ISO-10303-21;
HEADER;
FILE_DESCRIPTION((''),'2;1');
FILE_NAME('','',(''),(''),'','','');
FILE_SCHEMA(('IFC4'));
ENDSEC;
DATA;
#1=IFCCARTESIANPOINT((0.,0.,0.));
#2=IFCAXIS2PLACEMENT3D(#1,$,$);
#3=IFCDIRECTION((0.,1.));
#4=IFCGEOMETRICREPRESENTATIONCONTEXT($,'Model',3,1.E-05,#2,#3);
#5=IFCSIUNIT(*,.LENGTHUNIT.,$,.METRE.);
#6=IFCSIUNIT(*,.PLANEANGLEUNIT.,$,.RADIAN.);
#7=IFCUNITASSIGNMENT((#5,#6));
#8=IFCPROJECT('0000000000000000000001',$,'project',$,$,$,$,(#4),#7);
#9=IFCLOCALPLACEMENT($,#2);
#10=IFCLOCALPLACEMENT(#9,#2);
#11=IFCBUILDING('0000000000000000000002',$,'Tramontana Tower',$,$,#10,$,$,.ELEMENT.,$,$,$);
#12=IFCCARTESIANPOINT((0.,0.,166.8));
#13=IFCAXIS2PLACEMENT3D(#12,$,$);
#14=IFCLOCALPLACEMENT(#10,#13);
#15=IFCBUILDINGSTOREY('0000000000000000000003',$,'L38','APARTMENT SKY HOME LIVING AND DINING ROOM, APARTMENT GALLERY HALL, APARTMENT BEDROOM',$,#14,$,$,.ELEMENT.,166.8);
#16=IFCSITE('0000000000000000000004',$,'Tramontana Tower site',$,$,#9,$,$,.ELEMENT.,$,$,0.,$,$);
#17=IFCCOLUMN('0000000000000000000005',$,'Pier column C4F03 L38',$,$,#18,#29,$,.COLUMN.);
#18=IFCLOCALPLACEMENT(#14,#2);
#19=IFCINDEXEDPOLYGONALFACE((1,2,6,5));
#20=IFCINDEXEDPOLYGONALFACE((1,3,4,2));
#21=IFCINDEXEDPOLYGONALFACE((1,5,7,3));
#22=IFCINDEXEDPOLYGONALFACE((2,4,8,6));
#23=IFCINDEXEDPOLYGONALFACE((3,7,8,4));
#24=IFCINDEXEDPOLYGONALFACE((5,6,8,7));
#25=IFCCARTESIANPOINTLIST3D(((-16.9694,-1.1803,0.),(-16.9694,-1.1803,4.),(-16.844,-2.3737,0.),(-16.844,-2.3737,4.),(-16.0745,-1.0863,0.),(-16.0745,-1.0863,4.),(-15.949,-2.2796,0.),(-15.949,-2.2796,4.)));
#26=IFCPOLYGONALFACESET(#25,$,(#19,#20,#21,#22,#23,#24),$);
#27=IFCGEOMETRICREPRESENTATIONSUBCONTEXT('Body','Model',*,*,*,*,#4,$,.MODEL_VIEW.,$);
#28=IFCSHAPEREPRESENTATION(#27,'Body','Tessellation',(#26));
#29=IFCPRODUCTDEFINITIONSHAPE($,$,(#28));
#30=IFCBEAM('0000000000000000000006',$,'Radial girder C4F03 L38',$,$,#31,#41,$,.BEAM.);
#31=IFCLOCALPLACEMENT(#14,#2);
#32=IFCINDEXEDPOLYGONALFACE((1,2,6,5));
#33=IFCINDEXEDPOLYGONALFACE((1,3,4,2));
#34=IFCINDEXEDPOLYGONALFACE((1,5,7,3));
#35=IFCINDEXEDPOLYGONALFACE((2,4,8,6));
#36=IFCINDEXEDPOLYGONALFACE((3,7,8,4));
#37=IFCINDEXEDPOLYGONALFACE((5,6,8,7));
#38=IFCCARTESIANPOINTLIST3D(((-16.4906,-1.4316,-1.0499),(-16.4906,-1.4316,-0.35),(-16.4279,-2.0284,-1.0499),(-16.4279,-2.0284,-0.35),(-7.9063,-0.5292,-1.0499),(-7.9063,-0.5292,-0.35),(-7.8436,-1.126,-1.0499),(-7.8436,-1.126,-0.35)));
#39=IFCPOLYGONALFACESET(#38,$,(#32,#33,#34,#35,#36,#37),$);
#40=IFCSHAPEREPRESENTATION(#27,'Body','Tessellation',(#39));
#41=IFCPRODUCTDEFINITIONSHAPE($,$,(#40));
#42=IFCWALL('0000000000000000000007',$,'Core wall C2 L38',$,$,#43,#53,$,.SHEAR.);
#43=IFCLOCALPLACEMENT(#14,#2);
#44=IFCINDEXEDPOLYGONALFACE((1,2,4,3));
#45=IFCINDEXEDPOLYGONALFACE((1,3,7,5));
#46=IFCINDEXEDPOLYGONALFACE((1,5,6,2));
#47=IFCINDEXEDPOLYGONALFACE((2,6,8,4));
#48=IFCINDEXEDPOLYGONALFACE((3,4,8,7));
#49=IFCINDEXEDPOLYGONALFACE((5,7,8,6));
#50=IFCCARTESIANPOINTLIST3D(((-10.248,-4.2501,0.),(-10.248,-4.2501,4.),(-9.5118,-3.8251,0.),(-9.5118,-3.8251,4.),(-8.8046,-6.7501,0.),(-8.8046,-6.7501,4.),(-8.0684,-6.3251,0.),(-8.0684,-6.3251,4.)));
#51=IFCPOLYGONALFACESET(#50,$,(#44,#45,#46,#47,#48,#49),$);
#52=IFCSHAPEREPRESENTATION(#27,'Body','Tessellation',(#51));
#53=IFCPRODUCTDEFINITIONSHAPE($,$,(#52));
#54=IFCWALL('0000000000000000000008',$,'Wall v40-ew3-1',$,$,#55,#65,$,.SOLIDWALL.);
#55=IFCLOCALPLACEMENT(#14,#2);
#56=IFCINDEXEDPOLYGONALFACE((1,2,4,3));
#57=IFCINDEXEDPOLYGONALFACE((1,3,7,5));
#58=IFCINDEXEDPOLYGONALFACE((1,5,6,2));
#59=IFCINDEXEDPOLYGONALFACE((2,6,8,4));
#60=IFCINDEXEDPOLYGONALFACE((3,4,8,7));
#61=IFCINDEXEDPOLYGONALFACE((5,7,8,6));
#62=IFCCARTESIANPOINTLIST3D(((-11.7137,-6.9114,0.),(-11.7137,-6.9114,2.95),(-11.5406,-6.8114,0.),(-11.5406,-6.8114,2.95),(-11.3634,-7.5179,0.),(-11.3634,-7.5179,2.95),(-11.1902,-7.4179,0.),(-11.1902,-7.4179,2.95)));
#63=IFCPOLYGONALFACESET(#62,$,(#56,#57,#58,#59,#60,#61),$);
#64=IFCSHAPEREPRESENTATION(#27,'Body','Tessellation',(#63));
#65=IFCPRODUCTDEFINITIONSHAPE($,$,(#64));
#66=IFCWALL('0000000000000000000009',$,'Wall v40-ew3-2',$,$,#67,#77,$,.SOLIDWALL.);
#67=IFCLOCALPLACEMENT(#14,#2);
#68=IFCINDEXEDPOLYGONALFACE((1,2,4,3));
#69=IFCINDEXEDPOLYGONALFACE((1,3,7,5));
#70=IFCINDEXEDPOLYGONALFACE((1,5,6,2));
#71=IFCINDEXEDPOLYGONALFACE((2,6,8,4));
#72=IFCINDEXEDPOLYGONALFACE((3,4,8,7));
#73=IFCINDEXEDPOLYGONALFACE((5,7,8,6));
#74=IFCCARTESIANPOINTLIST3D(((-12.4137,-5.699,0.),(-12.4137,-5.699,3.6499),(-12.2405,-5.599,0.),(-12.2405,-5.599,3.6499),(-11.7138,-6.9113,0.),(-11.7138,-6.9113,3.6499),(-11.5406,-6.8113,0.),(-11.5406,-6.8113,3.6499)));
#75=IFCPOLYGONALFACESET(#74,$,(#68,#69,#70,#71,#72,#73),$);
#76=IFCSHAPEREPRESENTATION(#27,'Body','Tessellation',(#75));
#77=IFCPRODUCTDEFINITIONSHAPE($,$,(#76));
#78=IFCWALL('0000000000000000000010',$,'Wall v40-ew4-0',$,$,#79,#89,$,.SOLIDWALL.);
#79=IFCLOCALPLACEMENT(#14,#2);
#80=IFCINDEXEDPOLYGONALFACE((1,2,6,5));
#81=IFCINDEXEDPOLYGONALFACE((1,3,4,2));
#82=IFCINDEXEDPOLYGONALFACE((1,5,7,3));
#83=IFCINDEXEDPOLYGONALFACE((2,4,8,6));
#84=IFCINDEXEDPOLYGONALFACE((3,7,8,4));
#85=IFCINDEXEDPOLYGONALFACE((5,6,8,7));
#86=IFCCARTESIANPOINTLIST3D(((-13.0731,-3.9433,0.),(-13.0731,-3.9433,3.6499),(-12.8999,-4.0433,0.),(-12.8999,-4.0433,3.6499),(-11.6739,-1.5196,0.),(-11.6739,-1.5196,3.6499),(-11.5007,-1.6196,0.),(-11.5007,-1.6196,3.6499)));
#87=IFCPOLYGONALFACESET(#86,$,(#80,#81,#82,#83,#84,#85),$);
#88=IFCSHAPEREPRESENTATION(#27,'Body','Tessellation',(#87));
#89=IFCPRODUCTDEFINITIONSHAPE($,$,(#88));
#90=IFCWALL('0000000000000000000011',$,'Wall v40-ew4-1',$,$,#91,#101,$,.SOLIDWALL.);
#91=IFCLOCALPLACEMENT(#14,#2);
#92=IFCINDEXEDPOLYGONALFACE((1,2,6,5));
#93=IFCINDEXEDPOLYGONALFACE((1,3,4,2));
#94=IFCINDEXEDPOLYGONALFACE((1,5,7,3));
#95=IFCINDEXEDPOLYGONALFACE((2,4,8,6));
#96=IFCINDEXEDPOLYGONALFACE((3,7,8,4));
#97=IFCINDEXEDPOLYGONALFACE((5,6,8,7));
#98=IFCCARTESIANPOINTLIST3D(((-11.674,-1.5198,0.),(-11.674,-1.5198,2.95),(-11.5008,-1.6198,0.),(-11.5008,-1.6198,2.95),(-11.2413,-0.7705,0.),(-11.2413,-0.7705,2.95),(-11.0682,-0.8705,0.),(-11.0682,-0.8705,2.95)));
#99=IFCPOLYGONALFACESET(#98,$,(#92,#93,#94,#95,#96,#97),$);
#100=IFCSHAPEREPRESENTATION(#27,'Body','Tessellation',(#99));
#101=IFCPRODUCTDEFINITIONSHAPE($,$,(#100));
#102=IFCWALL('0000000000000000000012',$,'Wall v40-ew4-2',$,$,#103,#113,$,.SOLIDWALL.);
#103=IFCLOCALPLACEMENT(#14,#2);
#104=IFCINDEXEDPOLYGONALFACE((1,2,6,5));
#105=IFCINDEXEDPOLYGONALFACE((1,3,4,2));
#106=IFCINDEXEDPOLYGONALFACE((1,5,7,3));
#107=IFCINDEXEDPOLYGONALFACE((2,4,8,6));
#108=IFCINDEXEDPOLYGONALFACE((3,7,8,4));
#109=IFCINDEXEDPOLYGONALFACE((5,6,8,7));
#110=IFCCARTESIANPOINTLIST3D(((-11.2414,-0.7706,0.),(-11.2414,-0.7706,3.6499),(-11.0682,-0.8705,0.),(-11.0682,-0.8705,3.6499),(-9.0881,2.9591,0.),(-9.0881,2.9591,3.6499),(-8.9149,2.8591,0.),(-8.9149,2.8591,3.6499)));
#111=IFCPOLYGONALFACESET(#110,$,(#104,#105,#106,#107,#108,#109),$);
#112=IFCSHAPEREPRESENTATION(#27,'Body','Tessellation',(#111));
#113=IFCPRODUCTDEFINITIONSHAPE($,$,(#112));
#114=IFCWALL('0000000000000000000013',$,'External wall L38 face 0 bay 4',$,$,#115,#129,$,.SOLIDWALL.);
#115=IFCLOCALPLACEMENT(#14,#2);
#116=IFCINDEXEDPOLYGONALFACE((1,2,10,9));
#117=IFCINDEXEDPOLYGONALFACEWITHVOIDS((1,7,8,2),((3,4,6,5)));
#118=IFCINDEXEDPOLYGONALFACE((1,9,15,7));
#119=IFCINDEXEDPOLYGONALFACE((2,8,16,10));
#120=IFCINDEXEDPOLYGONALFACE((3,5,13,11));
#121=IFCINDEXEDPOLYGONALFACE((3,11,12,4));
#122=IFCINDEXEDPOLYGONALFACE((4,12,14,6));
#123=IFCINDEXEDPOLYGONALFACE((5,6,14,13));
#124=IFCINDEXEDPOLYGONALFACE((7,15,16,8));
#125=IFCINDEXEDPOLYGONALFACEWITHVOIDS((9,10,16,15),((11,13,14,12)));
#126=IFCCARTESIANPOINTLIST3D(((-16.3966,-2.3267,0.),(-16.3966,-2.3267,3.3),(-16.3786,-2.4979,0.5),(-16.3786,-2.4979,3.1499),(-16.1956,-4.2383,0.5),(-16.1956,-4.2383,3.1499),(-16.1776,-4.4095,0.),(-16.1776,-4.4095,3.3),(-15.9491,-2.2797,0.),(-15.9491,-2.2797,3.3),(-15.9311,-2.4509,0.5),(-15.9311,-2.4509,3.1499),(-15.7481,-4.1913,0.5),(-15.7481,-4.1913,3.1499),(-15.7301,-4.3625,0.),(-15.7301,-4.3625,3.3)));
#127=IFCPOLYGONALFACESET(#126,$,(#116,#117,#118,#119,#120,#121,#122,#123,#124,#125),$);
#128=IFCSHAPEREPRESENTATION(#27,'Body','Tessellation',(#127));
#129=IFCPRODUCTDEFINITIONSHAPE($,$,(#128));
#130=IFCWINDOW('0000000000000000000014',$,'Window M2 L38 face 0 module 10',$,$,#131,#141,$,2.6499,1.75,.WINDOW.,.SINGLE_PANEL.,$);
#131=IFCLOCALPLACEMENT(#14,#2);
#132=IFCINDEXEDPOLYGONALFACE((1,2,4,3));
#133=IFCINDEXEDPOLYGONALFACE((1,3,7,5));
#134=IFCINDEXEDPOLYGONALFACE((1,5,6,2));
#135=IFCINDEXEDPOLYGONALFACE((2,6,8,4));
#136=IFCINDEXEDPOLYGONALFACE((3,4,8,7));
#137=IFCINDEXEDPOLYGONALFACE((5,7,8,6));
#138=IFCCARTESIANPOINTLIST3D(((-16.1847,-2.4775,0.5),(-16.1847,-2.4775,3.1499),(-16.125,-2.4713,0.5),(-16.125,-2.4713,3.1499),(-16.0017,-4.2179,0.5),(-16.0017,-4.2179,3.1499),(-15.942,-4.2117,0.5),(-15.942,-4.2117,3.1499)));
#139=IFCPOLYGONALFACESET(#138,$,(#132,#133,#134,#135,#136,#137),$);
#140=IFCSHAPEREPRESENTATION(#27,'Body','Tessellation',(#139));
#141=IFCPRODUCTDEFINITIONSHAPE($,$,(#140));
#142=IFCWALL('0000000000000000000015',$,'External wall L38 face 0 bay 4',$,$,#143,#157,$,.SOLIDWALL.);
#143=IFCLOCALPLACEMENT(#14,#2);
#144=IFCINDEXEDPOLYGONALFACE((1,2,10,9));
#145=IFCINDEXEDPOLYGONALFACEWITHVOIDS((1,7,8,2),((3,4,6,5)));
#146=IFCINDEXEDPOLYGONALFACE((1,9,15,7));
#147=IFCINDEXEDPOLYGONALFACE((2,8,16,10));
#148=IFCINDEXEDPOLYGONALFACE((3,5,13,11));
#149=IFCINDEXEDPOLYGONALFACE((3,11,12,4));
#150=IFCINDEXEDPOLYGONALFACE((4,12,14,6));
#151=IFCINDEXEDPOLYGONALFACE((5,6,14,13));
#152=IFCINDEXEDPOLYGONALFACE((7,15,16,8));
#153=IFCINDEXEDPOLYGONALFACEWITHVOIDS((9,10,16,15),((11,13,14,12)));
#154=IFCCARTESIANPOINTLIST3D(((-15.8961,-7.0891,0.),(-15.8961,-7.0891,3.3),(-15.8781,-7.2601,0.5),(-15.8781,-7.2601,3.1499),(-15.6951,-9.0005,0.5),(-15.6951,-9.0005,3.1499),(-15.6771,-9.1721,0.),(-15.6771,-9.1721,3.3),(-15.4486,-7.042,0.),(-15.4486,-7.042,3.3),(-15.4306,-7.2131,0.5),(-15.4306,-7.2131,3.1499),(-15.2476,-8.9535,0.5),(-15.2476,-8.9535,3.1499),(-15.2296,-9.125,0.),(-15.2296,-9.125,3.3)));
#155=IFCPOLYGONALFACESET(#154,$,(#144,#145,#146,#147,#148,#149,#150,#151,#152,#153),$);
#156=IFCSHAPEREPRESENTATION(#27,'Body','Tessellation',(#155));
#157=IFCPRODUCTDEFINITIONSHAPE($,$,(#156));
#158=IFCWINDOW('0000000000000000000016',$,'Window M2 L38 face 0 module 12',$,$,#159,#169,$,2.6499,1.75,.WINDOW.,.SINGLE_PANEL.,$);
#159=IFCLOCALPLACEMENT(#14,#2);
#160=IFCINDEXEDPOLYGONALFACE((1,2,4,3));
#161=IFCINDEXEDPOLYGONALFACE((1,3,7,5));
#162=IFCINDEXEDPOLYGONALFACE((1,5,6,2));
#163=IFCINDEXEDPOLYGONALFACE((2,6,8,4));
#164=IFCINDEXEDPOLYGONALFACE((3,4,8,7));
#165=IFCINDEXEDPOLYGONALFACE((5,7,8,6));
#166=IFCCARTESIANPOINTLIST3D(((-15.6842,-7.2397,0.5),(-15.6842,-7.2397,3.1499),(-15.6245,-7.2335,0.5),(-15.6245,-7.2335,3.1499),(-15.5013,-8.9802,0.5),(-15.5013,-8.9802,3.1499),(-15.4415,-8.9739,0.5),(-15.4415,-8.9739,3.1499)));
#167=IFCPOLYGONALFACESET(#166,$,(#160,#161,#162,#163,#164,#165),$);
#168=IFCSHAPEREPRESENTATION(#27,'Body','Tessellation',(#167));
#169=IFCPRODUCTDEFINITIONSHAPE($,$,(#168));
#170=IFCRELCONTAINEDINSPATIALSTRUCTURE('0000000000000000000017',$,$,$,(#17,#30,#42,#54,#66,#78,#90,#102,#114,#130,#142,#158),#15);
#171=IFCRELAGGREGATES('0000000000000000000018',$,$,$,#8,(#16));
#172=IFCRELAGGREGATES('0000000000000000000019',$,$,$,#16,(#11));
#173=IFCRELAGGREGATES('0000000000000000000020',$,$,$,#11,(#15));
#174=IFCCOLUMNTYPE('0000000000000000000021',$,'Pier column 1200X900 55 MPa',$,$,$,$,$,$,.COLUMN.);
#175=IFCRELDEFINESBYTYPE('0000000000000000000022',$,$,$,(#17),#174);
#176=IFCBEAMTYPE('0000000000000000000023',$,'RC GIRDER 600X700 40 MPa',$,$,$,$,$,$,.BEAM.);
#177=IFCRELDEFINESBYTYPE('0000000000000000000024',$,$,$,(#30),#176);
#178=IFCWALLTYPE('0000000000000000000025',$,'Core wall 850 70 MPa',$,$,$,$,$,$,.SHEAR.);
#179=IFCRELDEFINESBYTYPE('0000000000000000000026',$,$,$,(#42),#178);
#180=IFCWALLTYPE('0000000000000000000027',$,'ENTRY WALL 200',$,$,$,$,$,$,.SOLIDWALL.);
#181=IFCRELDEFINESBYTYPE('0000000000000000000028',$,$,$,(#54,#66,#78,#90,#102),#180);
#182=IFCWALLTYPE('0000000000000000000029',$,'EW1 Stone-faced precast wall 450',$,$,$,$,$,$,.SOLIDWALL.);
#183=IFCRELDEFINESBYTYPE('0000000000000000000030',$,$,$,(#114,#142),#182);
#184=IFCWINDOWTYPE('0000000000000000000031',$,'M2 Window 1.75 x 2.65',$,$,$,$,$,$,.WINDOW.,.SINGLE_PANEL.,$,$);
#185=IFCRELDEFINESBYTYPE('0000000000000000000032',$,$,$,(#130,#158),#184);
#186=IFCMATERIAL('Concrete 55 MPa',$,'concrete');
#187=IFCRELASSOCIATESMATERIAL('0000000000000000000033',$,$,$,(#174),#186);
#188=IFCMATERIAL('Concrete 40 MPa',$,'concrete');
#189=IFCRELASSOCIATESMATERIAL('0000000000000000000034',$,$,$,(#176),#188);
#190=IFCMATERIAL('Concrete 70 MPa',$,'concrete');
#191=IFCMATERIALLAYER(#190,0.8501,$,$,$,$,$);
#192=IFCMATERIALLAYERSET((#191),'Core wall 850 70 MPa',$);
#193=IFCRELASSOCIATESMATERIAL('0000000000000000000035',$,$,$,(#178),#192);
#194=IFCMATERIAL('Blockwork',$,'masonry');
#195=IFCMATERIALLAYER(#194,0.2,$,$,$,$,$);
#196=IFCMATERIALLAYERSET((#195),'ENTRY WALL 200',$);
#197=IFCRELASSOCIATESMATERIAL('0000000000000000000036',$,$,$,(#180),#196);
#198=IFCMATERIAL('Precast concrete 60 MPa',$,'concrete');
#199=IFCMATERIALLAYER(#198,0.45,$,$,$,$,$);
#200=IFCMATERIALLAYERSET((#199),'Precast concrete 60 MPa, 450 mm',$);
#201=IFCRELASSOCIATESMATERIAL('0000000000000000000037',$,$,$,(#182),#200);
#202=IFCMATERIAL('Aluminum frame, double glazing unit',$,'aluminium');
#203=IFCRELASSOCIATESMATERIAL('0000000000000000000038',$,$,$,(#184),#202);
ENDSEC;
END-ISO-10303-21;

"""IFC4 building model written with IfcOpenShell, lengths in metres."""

from ifc_helpers import new_model, si_unit, direction, frame, frame_2d, origin, origin_2d, place, context, subcontext, project, spatial, rectangle, extrude, material, layer, layer_set, material_profile, profile_set, type_object, element, fill, save


model = new_model("IFC4")

# Units and contexts
model_context = context("Model", 3, precision=1e-05, world=origin(), true_north=direction((0.0, 1.0)))
body_context = subcontext(model_context, "Body", "Model", "MODEL_VIEW")
ifc_project = project(units=[si_unit("LENGTHUNIT", "METRE"), si_unit("PLANEANGLEUNIT", "RADIAN")], contexts=[model_context])

# Site, building, storey
site_placement = place(None, origin())
site = spatial("IfcSite", under=ifc_project, at=site_placement, Name="Tramontana Tower site", CompositionType="ELEMENT", RefElevation=0.0)
building_placement = place(site_placement, origin())
building = spatial("IfcBuilding", under=site, at=building_placement, Name="Tramontana Tower", CompositionType="ELEMENT")
storey_placement = place(building_placement, frame((0.0, 0.0, 166.8)))
storey = spatial("IfcBuildingStorey", under=building, at=storey_placement, Name="L38", Description="APARTMENT SKY HOME LIVING AND DINING ROOM, APARTMENT GALLERY HALL, APARTMENT BEDROOM", CompositionType="ELEMENT", Elevation=166.8)

# Column
ifc_material_1 = material(Name="Concrete 55 MPa", Category="concrete")
ifc_material_profile_1 = material_profile(ifc_material_1, rectangle(XDim=1.2, YDim=0.8999, at=origin_2d()), Name="Pier column 1200X900 55 MPa")
ifc_profile_set_1 = profile_set([ifc_material_profile_1], Name="Concrete 55 MPa")
column_type = type_object("IfcColumnType", Name="Pier column 1200X900 55 MPa", PredefinedType="COLUMN", material=ifc_profile_set_1)
column_placement = place(storey_placement, frame((-16.4592, -1.73, 0.0), z_axis=(0.0, 0.0, 1.0), x_axis=(0.104528, -0.994522, 0.0)))
element("IfcColumn", 1, at=column_placement, inside=storey, type_object=column_type, Name="Pier column C4F03 L38", PredefinedType="COLUMN", context=body_context, shape_type="SweptSolid", body=[
    extrude(rectangle(XDim=1.2, YDim=0.8999, at=origin_2d()), origin(), (0.0, 0.0, 1.0), 4.0),
])

# Beam
ifc_material_2 = material(Name="Concrete 40 MPa", Category="concrete")
ifc_material_profile_2 = material_profile(ifc_material_2, rectangle(XDim=0.6001, YDim=0.7, at=origin_2d()), Name="RC GIRDER 600X700 40 MPa")
ifc_profile_set_2 = profile_set([ifc_material_profile_2], Name="Concrete 40 MPa")
beam_type = type_object("IfcBeamType", Name="RC GIRDER 600X700 40 MPa", PredefinedType="BEAM", material=ifc_profile_set_2)
beam_placement = place(storey_placement, frame((-16.4592, -1.73, -0.7), z_axis=(0.994521, 0.10454, 0.0), x_axis=(-0.10454, 0.994521, 0.0)))
element("IfcBeam", 2, at=beam_placement, inside=storey, type_object=beam_type, Name="Radial girder C4F03 L38", PredefinedType="BEAM", context=body_context, shape_type="SweptSolid", body=[
    extrude(rectangle(XDim=0.6001, YDim=0.7, at=origin_2d()), origin(), (0.0, 0.0, 1.0), 8.6316),
])

# Walls
ifc_material_3 = material(Name="Concrete 70 MPa", Category="concrete")
ifc_layer_1 = layer(ifc_material_3, 0.8501)
ifc_layer_set_1 = layer_set([ifc_layer_1], Name="Core wall 850 70 MPa")
wall_type_1 = type_object("IfcWallType", Name="Core wall 850 70 MPa", PredefinedType="SHEAR", material=ifc_layer_set_1)
wall_1_placement = place(storey_placement, frame((-9.8799, -4.0376, 0.0), z_axis=(0.0, 0.0, 1.0), x_axis=(0.499996, -0.866028, 0.0)))
element("IfcWall", 3, at=wall_1_placement, inside=storey, type_object=wall_type_1, Name="Core wall C2 L38", PredefinedType="SHEAR", context=body_context, shape_type="SweptSolid", body=[
    extrude(rectangle(XDim=2.8867, YDim=0.8501, at=frame_2d((1.4434, 0.0))), origin(), (0.0, 0.0, 1.0), 4.0),
])
ifc_material_4 = material(Name="Blockwork", Category="masonry")
ifc_layer_2 = layer(ifc_material_4, 0.2)
ifc_layer_set_2 = layer_set([ifc_layer_2], Name="ENTRY WALL 200")
wall_type_2 = type_object("IfcWallType", Name="ENTRY WALL 200", PredefinedType="SOLIDWALL", material=ifc_layer_set_2)
wall_2_placement = place(storey_placement, frame((-11.2769, -7.4678, 0.0), z_axis=(0.0, 0.0, 1.0), x_axis=(-0.500225, 0.865895, 0.0)))
element("IfcWall", 4, at=wall_2_placement, inside=storey, type_object=wall_type_2, Name="Wall v40-ew3-1", PredefinedType="SOLIDWALL", context=body_context, shape_type="SweptSolid", body=[
    extrude(rectangle(XDim=0.7004, YDim=0.2, at=frame_2d((0.3501, 0.0))), origin(), (0.0, 0.0, 1.0), 2.95),
])
wall_3_placement = place(storey_placement, frame((-11.6272, -6.8613, 0.0), z_axis=(0.0, 0.0, 1.0), x_axis=(-0.499984, 0.866035, 0.0)))
element("IfcWall", 5, at=wall_3_placement, inside=storey, type_object=wall_type_2, Name="Wall v40-ew3-2", PredefinedType="SOLIDWALL", context=body_context, shape_type="SweptSolid", body=[
    extrude(rectangle(XDim=1.3999, YDim=0.2, at=frame_2d((0.7, 0.0))), origin(), (0.0, 0.0, 1.0), 3.6499),
])
wall_4_placement = place(storey_placement, frame((-12.9866, -3.9934, 0.0), z_axis=(0.0, 0.0, 1.0), x_axis=(0.499977, 0.866039, 0.0)))
element("IfcWall", 6, at=wall_4_placement, inside=storey, type_object=wall_type_2, Name="Wall v40-ew4-0", PredefinedType="SOLIDWALL", context=body_context, shape_type="SweptSolid", body=[
    extrude(rectangle(XDim=2.7986, YDim=0.2, at=frame_2d((1.3994, 0.0))), origin(), (0.0, 0.0, 1.0), 3.6499),
])
wall_5_placement = place(storey_placement, frame((-11.5874, -1.5698, 0.0), z_axis=(0.0, 0.0, 1.0), x_axis=(0.500024, 0.866012, 0.0)))
element("IfcWall", 7, at=wall_5_placement, inside=storey, type_object=wall_type_2, Name="Wall v40-ew4-1", PredefinedType="SOLIDWALL", context=body_context, shape_type="SweptSolid", body=[
    extrude(rectangle(XDim=0.8652, YDim=0.2, at=frame_2d((0.4326, 0.0))), origin(), (0.0, 0.0, 1.0), 2.95),
])
wall_6_placement = place(storey_placement, frame((-11.1548, -0.8206, 0.0), z_axis=(0.0, 0.0, 1.0), x_axis=(0.499992, 0.86603, 0.0)))
element("IfcWall", 8, at=wall_6_placement, inside=storey, type_object=wall_type_2, Name="Wall v40-ew4-2", PredefinedType="SOLIDWALL", context=body_context, shape_type="SweptSolid", body=[
    extrude(rectangle(XDim=4.3066, YDim=0.2, at=frame_2d((2.1533, 0.0))), origin(), (0.0, 0.0, 1.0), 3.6499),
])

# Walls, openings, windows
ifc_material_5 = material(Name="Precast concrete 60 MPa", Category="concrete")
ifc_layer_3 = layer(ifc_material_5, 0.45)
ifc_layer_set_3 = layer_set([ifc_layer_3], Name="Precast concrete 60 MPa, 450 mm")
wall_type_3 = type_object("IfcWallType", Name="EW1 Stone-faced precast wall 450", PredefinedType="SOLIDWALL", material=ifc_layer_set_3)
wall_7_placement = place(storey_placement, frame((-16.1729, -2.3032, 0.0), z_axis=(0.0, 0.0, 1.0), x_axis=(0.104569, -0.994518, 0.0)))
wall_7 = element("IfcWall", 9, at=wall_7_placement, inside=storey, type_object=wall_type_3, Name="External wall L38 face 0 bay 4", PredefinedType="SOLIDWALL", context=body_context, shape_type="SweptSolid", body=[
    extrude(rectangle(XDim=2.0942, YDim=0.45, at=frame_2d((1.0471, 0.0))), origin(), (0.0, 0.0, 1.0), 3.3),
])
opening_1_placement = place(wall_7_placement, frame((0.1721, 0.0, 0.5)))
opening_1 = element("IfcOpeningElement", 10, at=opening_1_placement, cuts=wall_7, PredefinedType="OPENING", context=body_context, shape_type="SweptSolid", body=[
    extrude(rectangle(XDim=1.75, YDim=2.6499, at=frame_2d((0.875, 1.325))), frame((0.0, 0.2349, 0.0), z_axis=(0.0, -1.0, 0.0), x_axis=(1.0, 0.0, 0.0)), (0.0, 0.0, 1.0), 0.47),
])
ifc_material_6 = material(Name="Aluminum frame, double glazing unit", Category="aluminium")
window_type = type_object("IfcWindowType", Name="M2 Window 1.75 x 2.65", PartitioningType="SINGLE_PANEL", PredefinedType="WINDOW", material=ifc_material_6)
window_1_placement = place(opening_1_placement, origin())
window_1 = element("IfcWindow", 11, at=window_1_placement, inside=storey, type_object=window_type, Name="Window M2 L38 face 0 module 10", OverallHeight=2.6499, OverallWidth=1.75, PartitioningType="SINGLE_PANEL", PredefinedType="WINDOW", context=body_context, shape_type="SweptSolid", body=[
    extrude(rectangle(XDim=1.75, YDim=2.6499, at=frame_2d((0.875, 1.325))), frame((0.0, 0.03, 0.0), z_axis=(0.0, -1.0, 0.0), x_axis=(1.0, 0.0, 0.0)), (0.0, 0.0, 1.0), 0.0601),
])
fill(opening_1, window_1)
wall_8_placement = place(storey_placement, frame((-15.6724, -7.0654, 0.0), z_axis=(0.0, 0.0, 1.0), x_axis=(0.104557, -0.994519, 0.0)))
wall_8 = element("IfcWall", 12, at=wall_8_placement, inside=storey, type_object=wall_type_3, Name="External wall L38 face 0 bay 4", PredefinedType="SOLIDWALL", context=body_context, shape_type="SweptSolid", body=[
    extrude(rectangle(XDim=2.0945, YDim=0.45, at=frame_2d((1.0474, 0.0))), origin(), (0.0, 0.0, 1.0), 3.3),
])
opening_2_placement = place(wall_8_placement, frame((0.1721, 0.0, 0.5)))
opening_2 = element("IfcOpeningElement", 13, at=opening_2_placement, cuts=wall_8, PredefinedType="OPENING", context=body_context, shape_type="SweptSolid", body=[
    extrude(rectangle(XDim=1.75, YDim=2.6499, at=frame_2d((0.875, 1.325))), frame((0.0, 0.2349, 0.0), z_axis=(0.0, -1.0, 0.0), x_axis=(1.0, 0.0, 0.0)), (0.0, 0.0, 1.0), 0.47),
])
window_2_placement = place(opening_2_placement, origin())
window_2 = element("IfcWindow", 14, at=window_2_placement, inside=storey, type_object=window_type, Name="Window M2 L38 face 0 module 12", OverallHeight=2.6499, OverallWidth=1.75, PartitioningType="SINGLE_PANEL", PredefinedType="WINDOW", context=body_context, shape_type="SweptSolid", body=[
    extrude(rectangle(XDim=1.75, YDim=2.6499, at=frame_2d((0.875, 1.325))), frame((0.0, 0.03, 0.0), z_axis=(0.0, -1.0, 0.0), x_axis=(1.0, 0.0, 0.0)), (0.0, 0.0, 1.0), 0.0601),
])
fill(opening_2, window_2)

save(model, "model.ifc")
